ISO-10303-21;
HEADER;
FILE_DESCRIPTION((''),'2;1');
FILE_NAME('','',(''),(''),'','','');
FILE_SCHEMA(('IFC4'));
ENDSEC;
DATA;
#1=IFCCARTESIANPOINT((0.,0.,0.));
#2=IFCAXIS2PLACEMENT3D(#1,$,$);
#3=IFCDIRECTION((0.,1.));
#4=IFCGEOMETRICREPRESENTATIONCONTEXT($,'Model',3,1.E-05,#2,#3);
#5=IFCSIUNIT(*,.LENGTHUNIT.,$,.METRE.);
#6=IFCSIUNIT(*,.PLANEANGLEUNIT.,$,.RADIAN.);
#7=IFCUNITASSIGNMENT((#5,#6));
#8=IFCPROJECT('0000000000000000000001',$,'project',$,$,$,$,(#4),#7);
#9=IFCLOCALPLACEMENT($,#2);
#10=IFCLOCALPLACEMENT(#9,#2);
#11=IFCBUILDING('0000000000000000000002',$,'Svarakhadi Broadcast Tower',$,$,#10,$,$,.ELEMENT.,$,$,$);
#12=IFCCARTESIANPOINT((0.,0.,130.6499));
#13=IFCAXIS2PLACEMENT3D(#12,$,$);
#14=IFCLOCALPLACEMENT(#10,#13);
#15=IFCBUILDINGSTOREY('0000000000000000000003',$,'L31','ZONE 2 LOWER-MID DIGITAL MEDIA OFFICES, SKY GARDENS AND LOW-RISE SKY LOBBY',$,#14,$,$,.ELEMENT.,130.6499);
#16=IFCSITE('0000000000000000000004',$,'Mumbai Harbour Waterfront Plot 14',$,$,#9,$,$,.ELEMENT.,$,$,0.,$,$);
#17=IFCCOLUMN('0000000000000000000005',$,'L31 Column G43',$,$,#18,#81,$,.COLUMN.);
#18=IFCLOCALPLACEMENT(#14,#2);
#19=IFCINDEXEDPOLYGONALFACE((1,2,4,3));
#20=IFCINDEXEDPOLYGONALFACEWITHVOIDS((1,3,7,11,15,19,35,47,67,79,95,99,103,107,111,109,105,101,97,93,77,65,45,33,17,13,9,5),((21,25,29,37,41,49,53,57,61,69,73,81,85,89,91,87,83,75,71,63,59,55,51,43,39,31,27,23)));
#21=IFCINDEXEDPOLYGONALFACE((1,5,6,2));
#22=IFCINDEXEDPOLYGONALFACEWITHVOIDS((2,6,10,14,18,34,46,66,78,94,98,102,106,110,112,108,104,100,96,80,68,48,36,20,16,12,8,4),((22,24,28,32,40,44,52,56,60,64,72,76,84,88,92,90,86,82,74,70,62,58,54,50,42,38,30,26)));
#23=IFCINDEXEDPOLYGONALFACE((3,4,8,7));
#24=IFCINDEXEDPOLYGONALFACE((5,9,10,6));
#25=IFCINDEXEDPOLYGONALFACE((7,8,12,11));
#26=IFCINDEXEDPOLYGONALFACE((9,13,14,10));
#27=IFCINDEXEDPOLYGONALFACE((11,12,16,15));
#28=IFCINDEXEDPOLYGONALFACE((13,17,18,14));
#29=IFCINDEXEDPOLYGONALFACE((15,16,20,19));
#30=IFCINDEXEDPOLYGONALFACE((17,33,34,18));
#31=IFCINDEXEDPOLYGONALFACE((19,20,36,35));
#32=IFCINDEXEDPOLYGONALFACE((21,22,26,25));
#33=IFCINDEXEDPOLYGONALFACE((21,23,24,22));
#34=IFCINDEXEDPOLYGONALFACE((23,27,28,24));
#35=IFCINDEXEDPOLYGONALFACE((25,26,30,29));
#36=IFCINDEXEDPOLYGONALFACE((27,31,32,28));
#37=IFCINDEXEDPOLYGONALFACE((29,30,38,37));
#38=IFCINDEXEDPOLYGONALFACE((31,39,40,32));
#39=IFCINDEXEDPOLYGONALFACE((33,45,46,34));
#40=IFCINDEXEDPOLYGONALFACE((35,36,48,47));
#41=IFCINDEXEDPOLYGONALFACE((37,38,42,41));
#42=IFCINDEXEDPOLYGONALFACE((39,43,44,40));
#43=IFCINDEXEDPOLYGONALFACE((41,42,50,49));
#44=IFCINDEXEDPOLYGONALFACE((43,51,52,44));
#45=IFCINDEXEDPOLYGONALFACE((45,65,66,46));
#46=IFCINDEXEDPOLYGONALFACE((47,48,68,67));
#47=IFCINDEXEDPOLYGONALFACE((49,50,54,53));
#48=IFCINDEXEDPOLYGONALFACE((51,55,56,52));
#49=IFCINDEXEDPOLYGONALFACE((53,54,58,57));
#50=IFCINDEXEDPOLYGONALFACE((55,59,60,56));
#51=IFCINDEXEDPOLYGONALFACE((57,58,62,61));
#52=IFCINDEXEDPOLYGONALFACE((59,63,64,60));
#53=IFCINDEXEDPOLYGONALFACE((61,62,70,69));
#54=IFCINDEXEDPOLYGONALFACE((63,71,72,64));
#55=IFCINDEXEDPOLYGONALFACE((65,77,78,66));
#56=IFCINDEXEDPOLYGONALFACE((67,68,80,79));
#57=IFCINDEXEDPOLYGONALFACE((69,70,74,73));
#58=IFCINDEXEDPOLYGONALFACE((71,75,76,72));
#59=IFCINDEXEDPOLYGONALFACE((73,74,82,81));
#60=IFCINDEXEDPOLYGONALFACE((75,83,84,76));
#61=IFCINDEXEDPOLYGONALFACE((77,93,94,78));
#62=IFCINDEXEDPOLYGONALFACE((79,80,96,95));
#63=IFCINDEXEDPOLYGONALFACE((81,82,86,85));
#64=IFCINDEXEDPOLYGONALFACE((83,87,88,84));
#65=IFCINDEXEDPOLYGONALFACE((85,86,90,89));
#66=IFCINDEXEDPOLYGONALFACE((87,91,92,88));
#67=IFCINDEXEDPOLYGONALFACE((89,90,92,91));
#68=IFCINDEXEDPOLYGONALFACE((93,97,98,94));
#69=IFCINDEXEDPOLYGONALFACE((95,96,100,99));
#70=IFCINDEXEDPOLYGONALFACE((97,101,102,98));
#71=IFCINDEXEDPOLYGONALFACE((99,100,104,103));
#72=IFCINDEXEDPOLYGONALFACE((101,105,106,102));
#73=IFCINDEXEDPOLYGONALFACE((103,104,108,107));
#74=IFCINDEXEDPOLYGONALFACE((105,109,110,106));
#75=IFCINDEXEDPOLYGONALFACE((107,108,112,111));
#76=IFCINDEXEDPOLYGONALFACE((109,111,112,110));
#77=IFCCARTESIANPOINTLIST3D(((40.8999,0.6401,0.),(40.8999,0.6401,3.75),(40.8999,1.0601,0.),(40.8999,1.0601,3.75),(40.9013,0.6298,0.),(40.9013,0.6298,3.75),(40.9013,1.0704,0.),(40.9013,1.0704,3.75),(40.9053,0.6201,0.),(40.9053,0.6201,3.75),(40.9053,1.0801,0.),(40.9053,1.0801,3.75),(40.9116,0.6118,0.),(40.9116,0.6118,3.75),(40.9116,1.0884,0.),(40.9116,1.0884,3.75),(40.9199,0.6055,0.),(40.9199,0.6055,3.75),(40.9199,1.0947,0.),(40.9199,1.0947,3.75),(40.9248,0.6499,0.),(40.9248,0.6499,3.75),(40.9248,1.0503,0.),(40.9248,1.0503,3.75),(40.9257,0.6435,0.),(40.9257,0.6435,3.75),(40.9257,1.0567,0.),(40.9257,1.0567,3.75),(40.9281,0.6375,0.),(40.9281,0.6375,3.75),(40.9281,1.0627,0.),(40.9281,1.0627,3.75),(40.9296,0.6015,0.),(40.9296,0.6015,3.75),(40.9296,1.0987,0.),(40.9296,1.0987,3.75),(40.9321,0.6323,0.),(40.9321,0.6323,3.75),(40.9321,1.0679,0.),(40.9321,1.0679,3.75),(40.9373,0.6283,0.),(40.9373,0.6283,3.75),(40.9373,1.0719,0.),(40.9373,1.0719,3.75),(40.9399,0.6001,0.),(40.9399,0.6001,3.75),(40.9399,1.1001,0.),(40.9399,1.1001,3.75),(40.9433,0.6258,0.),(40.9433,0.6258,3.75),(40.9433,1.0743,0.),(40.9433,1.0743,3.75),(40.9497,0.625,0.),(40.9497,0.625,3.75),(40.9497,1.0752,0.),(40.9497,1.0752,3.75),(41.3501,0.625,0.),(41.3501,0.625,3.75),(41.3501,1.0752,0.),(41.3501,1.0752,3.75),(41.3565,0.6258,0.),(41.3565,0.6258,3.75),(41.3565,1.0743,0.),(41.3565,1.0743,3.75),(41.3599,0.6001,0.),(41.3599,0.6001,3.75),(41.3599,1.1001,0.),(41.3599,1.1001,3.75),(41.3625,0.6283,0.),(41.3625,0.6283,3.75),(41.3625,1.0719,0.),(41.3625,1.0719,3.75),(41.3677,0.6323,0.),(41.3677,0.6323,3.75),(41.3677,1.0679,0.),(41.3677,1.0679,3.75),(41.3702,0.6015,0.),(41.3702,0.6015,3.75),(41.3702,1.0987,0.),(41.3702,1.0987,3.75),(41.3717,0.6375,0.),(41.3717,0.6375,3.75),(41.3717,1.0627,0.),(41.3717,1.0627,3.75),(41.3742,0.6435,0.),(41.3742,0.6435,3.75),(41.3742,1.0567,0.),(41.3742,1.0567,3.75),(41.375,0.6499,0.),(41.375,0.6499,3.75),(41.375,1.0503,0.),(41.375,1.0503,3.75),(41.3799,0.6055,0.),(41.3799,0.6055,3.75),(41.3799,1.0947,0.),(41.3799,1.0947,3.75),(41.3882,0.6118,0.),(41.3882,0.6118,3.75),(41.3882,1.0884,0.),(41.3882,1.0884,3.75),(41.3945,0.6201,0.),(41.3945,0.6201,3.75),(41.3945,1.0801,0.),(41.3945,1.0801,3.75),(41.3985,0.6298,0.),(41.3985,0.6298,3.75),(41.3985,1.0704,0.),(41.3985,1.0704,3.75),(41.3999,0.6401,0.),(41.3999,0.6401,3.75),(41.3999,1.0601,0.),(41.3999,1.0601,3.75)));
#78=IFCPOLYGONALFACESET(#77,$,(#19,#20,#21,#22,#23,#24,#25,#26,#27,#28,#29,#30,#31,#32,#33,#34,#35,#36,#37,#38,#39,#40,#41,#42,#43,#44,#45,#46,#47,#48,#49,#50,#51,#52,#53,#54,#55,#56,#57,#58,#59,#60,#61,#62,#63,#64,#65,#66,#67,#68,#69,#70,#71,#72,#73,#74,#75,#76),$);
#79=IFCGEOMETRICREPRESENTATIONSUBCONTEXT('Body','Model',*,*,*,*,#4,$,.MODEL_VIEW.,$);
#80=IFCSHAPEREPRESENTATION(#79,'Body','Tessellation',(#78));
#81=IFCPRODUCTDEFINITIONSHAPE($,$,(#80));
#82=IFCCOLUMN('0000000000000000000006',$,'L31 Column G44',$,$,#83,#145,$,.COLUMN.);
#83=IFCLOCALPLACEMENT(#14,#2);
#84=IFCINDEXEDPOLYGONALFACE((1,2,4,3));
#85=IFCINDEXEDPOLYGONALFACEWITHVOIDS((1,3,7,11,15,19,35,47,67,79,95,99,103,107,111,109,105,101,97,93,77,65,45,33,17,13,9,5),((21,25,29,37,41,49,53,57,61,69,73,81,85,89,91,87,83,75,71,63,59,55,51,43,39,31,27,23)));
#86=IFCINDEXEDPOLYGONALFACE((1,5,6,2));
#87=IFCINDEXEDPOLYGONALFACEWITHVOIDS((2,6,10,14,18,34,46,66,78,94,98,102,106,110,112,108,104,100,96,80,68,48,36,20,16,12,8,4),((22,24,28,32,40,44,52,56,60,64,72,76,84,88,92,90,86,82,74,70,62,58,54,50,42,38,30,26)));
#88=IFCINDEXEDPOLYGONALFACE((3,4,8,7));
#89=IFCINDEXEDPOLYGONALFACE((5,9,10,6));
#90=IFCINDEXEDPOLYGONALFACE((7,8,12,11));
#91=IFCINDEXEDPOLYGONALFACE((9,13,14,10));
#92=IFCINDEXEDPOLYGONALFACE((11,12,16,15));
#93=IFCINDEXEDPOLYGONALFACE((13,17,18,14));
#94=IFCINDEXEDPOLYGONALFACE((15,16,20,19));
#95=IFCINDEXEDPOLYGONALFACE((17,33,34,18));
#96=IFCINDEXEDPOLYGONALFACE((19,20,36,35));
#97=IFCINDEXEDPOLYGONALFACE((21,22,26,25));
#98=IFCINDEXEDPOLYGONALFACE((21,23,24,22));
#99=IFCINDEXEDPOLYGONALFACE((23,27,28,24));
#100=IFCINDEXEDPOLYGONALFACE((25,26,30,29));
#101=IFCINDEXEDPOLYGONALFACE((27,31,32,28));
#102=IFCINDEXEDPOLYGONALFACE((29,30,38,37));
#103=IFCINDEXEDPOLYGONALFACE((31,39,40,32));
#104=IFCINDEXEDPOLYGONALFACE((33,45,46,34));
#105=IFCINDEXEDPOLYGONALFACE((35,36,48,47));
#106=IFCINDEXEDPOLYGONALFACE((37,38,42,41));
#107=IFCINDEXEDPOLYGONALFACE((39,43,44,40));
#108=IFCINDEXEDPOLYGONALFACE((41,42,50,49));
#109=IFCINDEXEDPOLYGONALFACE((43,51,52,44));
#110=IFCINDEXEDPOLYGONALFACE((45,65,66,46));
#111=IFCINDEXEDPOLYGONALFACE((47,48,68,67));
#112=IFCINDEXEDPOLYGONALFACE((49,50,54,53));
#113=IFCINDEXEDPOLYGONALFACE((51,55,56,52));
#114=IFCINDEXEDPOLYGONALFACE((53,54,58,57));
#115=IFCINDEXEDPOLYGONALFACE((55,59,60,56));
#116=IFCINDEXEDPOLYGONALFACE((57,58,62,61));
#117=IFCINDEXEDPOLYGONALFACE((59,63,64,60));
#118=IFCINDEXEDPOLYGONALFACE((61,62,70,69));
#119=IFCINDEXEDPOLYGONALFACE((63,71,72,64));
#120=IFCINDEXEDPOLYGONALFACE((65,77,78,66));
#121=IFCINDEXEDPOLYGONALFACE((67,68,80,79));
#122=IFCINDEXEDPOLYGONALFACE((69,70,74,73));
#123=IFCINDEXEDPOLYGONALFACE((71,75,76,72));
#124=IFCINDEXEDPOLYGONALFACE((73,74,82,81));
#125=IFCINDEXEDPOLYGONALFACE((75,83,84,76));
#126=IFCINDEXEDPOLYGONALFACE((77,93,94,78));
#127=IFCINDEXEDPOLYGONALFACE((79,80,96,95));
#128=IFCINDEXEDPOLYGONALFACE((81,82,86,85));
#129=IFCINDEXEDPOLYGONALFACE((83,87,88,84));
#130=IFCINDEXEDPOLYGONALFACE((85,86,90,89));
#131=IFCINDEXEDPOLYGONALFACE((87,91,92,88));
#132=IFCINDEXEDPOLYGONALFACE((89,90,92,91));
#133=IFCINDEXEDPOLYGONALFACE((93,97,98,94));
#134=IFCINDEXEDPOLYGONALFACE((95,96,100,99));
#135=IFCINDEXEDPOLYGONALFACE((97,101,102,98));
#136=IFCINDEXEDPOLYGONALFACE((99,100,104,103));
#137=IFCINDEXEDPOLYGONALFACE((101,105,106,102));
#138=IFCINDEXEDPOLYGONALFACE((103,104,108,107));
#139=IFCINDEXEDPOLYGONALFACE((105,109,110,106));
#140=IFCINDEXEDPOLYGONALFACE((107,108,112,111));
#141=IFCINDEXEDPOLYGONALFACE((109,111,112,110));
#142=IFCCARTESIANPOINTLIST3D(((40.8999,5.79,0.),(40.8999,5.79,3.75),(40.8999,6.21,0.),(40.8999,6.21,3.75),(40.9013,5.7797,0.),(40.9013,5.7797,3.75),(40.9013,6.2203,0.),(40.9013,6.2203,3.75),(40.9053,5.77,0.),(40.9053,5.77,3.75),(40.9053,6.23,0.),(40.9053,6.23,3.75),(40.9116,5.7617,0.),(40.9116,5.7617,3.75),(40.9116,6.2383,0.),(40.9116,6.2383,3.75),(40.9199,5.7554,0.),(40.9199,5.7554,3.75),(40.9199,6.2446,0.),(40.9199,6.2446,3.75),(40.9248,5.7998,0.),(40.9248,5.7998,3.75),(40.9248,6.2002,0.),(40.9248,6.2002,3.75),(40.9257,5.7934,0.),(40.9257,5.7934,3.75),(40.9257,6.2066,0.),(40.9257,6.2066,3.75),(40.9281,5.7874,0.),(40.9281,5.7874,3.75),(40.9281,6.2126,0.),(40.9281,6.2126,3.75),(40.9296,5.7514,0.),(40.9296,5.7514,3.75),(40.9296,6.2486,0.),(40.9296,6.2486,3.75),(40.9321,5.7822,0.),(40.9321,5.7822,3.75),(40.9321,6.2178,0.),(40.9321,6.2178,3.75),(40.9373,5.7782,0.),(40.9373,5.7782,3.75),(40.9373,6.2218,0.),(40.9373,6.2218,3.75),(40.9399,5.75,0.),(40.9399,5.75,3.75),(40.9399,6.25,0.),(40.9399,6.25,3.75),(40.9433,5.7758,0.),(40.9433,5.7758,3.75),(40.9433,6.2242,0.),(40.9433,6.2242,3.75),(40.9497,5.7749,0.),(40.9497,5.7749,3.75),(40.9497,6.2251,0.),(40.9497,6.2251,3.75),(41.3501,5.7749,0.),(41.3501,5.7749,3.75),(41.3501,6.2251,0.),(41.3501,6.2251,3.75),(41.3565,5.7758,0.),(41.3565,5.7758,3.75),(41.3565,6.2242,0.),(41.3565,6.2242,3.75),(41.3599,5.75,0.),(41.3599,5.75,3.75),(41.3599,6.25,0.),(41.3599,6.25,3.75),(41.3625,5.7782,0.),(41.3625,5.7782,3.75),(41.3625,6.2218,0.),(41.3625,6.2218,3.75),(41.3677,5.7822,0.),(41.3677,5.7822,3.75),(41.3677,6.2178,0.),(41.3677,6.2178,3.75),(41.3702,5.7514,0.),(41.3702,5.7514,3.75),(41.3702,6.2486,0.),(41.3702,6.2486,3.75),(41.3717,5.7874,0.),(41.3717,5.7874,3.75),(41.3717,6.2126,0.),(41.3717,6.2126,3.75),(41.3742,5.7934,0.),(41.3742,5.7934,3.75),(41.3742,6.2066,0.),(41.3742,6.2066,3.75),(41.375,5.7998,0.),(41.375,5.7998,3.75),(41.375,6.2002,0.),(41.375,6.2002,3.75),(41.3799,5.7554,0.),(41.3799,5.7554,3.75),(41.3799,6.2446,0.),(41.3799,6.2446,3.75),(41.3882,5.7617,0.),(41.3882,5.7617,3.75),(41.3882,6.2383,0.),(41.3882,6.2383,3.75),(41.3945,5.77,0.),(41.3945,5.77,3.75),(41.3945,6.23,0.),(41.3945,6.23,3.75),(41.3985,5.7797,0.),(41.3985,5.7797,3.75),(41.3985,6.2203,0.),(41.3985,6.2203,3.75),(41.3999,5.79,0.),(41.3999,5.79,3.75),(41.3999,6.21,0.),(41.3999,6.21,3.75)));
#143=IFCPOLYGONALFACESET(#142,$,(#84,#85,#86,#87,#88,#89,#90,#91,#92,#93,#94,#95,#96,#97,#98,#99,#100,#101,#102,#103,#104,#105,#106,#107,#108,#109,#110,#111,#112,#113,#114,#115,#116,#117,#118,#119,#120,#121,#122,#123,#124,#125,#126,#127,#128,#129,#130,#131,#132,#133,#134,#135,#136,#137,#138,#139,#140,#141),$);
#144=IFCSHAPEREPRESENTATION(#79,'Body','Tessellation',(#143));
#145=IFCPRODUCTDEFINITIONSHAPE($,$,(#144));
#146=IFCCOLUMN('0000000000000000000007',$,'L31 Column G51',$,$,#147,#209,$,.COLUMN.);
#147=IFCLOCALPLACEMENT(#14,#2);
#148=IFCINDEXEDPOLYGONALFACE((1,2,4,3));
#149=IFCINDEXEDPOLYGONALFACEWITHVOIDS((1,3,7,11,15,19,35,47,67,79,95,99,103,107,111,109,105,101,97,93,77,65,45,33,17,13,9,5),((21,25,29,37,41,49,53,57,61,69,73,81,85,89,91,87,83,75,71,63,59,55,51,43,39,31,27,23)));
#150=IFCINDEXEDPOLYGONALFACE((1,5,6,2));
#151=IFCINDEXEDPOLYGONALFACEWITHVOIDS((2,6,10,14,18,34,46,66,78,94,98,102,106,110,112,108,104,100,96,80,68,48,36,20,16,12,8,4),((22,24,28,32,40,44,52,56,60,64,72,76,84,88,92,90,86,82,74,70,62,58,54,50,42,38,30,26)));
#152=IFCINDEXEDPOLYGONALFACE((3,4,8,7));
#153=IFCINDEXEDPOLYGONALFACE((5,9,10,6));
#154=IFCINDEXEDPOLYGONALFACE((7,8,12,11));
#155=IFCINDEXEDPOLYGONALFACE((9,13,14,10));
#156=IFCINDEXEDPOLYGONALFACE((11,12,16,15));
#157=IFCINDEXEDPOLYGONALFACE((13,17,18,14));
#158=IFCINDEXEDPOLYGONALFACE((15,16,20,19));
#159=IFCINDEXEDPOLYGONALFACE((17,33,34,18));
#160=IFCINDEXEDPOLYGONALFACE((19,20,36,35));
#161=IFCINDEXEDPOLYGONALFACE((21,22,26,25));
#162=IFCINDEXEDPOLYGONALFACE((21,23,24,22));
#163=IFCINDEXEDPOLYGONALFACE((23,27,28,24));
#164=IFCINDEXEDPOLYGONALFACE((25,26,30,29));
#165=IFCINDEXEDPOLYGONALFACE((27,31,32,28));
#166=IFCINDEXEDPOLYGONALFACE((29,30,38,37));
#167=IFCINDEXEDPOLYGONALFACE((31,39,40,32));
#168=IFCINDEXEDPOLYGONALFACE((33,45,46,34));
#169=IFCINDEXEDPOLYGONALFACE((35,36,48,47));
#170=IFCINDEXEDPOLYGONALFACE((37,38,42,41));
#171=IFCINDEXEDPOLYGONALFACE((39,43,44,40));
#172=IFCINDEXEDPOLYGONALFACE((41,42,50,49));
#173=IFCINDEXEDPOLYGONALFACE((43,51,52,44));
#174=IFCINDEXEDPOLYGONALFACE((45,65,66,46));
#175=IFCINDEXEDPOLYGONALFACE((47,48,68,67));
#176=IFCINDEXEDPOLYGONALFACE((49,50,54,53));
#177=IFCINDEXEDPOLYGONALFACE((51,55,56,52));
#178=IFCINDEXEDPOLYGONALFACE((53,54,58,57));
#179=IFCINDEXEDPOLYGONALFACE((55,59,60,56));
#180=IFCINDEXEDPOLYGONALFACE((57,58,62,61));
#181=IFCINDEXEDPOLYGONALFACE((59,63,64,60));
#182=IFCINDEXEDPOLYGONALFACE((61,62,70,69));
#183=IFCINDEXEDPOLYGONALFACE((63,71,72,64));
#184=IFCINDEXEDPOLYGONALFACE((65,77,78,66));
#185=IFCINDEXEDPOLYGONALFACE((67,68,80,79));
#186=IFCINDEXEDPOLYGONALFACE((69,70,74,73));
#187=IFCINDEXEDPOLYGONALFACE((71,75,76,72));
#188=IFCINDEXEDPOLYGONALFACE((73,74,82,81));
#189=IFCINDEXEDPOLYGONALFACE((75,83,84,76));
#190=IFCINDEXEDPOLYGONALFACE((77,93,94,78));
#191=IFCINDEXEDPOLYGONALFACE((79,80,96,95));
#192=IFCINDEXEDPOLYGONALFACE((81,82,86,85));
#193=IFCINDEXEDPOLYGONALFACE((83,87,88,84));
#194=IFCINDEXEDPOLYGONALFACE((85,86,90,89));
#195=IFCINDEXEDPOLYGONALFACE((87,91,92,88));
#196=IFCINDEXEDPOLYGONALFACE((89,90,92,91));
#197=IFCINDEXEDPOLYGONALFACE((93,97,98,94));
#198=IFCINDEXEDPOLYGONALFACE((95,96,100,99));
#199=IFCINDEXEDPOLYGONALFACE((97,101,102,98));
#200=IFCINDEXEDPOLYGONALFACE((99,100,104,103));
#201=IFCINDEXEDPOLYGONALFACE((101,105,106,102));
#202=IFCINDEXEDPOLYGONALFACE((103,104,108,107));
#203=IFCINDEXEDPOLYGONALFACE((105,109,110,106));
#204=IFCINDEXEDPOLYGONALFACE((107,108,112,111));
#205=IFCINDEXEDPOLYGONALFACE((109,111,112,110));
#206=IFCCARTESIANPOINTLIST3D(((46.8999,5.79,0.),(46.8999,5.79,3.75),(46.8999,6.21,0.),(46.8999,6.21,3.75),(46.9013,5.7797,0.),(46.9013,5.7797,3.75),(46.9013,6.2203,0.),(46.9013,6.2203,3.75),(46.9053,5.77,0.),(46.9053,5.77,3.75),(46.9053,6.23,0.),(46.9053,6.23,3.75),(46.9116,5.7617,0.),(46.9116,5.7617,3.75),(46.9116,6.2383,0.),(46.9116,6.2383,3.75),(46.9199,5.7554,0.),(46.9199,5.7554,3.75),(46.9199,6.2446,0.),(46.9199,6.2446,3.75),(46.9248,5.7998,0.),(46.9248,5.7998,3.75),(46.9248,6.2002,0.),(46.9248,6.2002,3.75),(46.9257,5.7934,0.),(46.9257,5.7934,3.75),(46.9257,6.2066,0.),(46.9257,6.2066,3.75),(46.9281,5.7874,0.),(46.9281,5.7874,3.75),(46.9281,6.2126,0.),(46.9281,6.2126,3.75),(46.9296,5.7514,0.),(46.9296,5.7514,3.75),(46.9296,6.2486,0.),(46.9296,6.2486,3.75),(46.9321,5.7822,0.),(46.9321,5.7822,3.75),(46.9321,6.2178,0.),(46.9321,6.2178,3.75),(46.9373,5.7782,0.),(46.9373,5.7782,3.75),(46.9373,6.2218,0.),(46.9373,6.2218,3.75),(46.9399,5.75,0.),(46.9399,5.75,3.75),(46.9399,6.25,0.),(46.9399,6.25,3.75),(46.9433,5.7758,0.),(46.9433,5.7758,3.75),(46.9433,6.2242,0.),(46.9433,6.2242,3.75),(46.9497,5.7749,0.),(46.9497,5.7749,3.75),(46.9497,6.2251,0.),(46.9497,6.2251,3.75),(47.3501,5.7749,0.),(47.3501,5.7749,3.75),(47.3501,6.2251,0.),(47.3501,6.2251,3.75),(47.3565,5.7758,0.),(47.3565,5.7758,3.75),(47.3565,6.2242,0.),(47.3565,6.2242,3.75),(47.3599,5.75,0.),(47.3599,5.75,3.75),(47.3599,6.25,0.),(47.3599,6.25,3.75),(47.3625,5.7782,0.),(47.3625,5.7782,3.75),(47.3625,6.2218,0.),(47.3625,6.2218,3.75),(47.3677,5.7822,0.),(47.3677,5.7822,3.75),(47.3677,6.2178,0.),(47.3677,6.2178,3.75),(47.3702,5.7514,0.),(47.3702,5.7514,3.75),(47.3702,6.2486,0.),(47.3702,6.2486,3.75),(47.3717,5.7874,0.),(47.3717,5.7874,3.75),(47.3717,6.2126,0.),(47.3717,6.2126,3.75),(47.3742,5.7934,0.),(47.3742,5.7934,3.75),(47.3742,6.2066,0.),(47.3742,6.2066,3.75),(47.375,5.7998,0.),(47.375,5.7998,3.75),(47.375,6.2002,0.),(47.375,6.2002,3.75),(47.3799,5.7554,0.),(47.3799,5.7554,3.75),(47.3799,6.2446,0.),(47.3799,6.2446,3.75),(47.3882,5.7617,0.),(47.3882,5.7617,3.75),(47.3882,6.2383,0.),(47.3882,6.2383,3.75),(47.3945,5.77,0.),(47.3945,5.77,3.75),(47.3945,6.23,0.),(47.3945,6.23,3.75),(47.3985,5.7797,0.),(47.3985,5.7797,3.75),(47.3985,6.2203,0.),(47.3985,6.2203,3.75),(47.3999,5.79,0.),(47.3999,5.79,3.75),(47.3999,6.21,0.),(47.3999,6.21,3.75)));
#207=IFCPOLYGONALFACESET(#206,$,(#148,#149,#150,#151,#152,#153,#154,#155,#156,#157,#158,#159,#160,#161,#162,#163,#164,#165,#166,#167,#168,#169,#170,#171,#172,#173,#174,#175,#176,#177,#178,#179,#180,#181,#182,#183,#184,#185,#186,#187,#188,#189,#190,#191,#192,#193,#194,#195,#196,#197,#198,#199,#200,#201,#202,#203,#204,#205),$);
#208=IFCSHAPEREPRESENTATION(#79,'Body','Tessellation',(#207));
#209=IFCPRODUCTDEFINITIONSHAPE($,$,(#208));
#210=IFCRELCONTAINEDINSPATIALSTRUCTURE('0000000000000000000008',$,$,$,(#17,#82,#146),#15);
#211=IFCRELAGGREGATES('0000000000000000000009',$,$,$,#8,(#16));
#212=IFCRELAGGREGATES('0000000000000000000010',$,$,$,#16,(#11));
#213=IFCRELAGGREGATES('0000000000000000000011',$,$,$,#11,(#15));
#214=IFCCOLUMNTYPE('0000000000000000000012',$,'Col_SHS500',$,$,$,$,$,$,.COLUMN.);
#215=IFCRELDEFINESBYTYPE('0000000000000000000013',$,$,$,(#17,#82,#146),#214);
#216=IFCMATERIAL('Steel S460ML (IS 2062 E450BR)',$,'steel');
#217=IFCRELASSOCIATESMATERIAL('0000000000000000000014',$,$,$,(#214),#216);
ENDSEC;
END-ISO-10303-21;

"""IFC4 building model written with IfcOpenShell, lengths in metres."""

from ifc_helpers import new_model, si_unit, direction, frame, origin, origin_2d, place, context, subcontext, project, spatial, hollow_rectangle, extrude, material, material_profile, profile_set, type_object, element, save


model = new_model("IFC4")

# Units and contexts
model_context = context("Model", 3, precision=1e-05, world=origin(), true_north=direction((0.0, 1.0)))
body_context = subcontext(model_context, "Body", "Model", "MODEL_VIEW")
ifc_project = project(units=[si_unit("LENGTHUNIT", "METRE"), si_unit("PLANEANGLEUNIT", "RADIAN")], contexts=[model_context])

# Site, building, storey
site_placement = place(None, origin())
site = spatial("IfcSite", under=ifc_project, at=site_placement, Name="Mumbai Harbour Waterfront Plot 14", CompositionType="ELEMENT", RefElevation=0.0)
building_placement = place(site_placement, origin())
building = spatial("IfcBuilding", under=site, at=building_placement, Name="Svarakhadi Broadcast Tower", CompositionType="ELEMENT")
storey_placement = place(building_placement, frame((0.0, 0.0, 130.6499)))
storey = spatial("IfcBuildingStorey", under=building, at=storey_placement, Name="L31", Description="ZONE 2 LOWER-MID DIGITAL MEDIA OFFICES, SKY GARDENS AND LOW-RISE SKY LOBBY", CompositionType="ELEMENT", Elevation=130.6499)

# Columns
ifc_material_1 = material(Name="Steel S460ML (IS 2062 E450BR)", Category="steel")
ifc_material_profile_1 = material_profile(ifc_material_1, hollow_rectangle(XDim=0.5, YDim=0.5, WallThickness=0.0249, InnerFilletRadius=0.0249, OuterFilletRadius=0.04, at=origin_2d()), Name="SHS 500x500x25")
ifc_profile_set_1 = profile_set([ifc_material_profile_1], Name="Steel S460ML (IS 2062 E450BR)")
column_type = type_object("IfcColumnType", Name="Col_SHS500", PredefinedType="COLUMN", material=ifc_profile_set_1)
for number, where, z_axis, x_axis, name in (
    (1, (41.1499, 0.8501, 0.0), (0.0, 0.0, 1.0), (1.0, 0.0, 0.0), "L31 Column G43"),
    (2, (41.1499, 6.0, 0.0), (0.0, 0.0, 1.0), (1.0, 0.0, 0.0), "L31 Column G44"),
    (3, (47.1499, 6.0, 0.0), (0.0, 0.0, 1.0), (1.0, 0.0, 0.0), "L31 Column G51"),
):
    element("IfcColumn", number, at=place(storey_placement, frame(where, z_axis=z_axis, x_axis=x_axis)), inside=storey, type_object=column_type, Name=name, PredefinedType="COLUMN", context=body_context, shape_type="SweptSolid", body=[
        extrude(hollow_rectangle(XDim=0.5, YDim=0.5, WallThickness=0.0249, InnerFilletRadius=0.0249, OuterFilletRadius=0.04, at=origin_2d()), origin(), (0.0, 0.0, 1.0), 3.75),
    ])

save(model, "model.ifc")
